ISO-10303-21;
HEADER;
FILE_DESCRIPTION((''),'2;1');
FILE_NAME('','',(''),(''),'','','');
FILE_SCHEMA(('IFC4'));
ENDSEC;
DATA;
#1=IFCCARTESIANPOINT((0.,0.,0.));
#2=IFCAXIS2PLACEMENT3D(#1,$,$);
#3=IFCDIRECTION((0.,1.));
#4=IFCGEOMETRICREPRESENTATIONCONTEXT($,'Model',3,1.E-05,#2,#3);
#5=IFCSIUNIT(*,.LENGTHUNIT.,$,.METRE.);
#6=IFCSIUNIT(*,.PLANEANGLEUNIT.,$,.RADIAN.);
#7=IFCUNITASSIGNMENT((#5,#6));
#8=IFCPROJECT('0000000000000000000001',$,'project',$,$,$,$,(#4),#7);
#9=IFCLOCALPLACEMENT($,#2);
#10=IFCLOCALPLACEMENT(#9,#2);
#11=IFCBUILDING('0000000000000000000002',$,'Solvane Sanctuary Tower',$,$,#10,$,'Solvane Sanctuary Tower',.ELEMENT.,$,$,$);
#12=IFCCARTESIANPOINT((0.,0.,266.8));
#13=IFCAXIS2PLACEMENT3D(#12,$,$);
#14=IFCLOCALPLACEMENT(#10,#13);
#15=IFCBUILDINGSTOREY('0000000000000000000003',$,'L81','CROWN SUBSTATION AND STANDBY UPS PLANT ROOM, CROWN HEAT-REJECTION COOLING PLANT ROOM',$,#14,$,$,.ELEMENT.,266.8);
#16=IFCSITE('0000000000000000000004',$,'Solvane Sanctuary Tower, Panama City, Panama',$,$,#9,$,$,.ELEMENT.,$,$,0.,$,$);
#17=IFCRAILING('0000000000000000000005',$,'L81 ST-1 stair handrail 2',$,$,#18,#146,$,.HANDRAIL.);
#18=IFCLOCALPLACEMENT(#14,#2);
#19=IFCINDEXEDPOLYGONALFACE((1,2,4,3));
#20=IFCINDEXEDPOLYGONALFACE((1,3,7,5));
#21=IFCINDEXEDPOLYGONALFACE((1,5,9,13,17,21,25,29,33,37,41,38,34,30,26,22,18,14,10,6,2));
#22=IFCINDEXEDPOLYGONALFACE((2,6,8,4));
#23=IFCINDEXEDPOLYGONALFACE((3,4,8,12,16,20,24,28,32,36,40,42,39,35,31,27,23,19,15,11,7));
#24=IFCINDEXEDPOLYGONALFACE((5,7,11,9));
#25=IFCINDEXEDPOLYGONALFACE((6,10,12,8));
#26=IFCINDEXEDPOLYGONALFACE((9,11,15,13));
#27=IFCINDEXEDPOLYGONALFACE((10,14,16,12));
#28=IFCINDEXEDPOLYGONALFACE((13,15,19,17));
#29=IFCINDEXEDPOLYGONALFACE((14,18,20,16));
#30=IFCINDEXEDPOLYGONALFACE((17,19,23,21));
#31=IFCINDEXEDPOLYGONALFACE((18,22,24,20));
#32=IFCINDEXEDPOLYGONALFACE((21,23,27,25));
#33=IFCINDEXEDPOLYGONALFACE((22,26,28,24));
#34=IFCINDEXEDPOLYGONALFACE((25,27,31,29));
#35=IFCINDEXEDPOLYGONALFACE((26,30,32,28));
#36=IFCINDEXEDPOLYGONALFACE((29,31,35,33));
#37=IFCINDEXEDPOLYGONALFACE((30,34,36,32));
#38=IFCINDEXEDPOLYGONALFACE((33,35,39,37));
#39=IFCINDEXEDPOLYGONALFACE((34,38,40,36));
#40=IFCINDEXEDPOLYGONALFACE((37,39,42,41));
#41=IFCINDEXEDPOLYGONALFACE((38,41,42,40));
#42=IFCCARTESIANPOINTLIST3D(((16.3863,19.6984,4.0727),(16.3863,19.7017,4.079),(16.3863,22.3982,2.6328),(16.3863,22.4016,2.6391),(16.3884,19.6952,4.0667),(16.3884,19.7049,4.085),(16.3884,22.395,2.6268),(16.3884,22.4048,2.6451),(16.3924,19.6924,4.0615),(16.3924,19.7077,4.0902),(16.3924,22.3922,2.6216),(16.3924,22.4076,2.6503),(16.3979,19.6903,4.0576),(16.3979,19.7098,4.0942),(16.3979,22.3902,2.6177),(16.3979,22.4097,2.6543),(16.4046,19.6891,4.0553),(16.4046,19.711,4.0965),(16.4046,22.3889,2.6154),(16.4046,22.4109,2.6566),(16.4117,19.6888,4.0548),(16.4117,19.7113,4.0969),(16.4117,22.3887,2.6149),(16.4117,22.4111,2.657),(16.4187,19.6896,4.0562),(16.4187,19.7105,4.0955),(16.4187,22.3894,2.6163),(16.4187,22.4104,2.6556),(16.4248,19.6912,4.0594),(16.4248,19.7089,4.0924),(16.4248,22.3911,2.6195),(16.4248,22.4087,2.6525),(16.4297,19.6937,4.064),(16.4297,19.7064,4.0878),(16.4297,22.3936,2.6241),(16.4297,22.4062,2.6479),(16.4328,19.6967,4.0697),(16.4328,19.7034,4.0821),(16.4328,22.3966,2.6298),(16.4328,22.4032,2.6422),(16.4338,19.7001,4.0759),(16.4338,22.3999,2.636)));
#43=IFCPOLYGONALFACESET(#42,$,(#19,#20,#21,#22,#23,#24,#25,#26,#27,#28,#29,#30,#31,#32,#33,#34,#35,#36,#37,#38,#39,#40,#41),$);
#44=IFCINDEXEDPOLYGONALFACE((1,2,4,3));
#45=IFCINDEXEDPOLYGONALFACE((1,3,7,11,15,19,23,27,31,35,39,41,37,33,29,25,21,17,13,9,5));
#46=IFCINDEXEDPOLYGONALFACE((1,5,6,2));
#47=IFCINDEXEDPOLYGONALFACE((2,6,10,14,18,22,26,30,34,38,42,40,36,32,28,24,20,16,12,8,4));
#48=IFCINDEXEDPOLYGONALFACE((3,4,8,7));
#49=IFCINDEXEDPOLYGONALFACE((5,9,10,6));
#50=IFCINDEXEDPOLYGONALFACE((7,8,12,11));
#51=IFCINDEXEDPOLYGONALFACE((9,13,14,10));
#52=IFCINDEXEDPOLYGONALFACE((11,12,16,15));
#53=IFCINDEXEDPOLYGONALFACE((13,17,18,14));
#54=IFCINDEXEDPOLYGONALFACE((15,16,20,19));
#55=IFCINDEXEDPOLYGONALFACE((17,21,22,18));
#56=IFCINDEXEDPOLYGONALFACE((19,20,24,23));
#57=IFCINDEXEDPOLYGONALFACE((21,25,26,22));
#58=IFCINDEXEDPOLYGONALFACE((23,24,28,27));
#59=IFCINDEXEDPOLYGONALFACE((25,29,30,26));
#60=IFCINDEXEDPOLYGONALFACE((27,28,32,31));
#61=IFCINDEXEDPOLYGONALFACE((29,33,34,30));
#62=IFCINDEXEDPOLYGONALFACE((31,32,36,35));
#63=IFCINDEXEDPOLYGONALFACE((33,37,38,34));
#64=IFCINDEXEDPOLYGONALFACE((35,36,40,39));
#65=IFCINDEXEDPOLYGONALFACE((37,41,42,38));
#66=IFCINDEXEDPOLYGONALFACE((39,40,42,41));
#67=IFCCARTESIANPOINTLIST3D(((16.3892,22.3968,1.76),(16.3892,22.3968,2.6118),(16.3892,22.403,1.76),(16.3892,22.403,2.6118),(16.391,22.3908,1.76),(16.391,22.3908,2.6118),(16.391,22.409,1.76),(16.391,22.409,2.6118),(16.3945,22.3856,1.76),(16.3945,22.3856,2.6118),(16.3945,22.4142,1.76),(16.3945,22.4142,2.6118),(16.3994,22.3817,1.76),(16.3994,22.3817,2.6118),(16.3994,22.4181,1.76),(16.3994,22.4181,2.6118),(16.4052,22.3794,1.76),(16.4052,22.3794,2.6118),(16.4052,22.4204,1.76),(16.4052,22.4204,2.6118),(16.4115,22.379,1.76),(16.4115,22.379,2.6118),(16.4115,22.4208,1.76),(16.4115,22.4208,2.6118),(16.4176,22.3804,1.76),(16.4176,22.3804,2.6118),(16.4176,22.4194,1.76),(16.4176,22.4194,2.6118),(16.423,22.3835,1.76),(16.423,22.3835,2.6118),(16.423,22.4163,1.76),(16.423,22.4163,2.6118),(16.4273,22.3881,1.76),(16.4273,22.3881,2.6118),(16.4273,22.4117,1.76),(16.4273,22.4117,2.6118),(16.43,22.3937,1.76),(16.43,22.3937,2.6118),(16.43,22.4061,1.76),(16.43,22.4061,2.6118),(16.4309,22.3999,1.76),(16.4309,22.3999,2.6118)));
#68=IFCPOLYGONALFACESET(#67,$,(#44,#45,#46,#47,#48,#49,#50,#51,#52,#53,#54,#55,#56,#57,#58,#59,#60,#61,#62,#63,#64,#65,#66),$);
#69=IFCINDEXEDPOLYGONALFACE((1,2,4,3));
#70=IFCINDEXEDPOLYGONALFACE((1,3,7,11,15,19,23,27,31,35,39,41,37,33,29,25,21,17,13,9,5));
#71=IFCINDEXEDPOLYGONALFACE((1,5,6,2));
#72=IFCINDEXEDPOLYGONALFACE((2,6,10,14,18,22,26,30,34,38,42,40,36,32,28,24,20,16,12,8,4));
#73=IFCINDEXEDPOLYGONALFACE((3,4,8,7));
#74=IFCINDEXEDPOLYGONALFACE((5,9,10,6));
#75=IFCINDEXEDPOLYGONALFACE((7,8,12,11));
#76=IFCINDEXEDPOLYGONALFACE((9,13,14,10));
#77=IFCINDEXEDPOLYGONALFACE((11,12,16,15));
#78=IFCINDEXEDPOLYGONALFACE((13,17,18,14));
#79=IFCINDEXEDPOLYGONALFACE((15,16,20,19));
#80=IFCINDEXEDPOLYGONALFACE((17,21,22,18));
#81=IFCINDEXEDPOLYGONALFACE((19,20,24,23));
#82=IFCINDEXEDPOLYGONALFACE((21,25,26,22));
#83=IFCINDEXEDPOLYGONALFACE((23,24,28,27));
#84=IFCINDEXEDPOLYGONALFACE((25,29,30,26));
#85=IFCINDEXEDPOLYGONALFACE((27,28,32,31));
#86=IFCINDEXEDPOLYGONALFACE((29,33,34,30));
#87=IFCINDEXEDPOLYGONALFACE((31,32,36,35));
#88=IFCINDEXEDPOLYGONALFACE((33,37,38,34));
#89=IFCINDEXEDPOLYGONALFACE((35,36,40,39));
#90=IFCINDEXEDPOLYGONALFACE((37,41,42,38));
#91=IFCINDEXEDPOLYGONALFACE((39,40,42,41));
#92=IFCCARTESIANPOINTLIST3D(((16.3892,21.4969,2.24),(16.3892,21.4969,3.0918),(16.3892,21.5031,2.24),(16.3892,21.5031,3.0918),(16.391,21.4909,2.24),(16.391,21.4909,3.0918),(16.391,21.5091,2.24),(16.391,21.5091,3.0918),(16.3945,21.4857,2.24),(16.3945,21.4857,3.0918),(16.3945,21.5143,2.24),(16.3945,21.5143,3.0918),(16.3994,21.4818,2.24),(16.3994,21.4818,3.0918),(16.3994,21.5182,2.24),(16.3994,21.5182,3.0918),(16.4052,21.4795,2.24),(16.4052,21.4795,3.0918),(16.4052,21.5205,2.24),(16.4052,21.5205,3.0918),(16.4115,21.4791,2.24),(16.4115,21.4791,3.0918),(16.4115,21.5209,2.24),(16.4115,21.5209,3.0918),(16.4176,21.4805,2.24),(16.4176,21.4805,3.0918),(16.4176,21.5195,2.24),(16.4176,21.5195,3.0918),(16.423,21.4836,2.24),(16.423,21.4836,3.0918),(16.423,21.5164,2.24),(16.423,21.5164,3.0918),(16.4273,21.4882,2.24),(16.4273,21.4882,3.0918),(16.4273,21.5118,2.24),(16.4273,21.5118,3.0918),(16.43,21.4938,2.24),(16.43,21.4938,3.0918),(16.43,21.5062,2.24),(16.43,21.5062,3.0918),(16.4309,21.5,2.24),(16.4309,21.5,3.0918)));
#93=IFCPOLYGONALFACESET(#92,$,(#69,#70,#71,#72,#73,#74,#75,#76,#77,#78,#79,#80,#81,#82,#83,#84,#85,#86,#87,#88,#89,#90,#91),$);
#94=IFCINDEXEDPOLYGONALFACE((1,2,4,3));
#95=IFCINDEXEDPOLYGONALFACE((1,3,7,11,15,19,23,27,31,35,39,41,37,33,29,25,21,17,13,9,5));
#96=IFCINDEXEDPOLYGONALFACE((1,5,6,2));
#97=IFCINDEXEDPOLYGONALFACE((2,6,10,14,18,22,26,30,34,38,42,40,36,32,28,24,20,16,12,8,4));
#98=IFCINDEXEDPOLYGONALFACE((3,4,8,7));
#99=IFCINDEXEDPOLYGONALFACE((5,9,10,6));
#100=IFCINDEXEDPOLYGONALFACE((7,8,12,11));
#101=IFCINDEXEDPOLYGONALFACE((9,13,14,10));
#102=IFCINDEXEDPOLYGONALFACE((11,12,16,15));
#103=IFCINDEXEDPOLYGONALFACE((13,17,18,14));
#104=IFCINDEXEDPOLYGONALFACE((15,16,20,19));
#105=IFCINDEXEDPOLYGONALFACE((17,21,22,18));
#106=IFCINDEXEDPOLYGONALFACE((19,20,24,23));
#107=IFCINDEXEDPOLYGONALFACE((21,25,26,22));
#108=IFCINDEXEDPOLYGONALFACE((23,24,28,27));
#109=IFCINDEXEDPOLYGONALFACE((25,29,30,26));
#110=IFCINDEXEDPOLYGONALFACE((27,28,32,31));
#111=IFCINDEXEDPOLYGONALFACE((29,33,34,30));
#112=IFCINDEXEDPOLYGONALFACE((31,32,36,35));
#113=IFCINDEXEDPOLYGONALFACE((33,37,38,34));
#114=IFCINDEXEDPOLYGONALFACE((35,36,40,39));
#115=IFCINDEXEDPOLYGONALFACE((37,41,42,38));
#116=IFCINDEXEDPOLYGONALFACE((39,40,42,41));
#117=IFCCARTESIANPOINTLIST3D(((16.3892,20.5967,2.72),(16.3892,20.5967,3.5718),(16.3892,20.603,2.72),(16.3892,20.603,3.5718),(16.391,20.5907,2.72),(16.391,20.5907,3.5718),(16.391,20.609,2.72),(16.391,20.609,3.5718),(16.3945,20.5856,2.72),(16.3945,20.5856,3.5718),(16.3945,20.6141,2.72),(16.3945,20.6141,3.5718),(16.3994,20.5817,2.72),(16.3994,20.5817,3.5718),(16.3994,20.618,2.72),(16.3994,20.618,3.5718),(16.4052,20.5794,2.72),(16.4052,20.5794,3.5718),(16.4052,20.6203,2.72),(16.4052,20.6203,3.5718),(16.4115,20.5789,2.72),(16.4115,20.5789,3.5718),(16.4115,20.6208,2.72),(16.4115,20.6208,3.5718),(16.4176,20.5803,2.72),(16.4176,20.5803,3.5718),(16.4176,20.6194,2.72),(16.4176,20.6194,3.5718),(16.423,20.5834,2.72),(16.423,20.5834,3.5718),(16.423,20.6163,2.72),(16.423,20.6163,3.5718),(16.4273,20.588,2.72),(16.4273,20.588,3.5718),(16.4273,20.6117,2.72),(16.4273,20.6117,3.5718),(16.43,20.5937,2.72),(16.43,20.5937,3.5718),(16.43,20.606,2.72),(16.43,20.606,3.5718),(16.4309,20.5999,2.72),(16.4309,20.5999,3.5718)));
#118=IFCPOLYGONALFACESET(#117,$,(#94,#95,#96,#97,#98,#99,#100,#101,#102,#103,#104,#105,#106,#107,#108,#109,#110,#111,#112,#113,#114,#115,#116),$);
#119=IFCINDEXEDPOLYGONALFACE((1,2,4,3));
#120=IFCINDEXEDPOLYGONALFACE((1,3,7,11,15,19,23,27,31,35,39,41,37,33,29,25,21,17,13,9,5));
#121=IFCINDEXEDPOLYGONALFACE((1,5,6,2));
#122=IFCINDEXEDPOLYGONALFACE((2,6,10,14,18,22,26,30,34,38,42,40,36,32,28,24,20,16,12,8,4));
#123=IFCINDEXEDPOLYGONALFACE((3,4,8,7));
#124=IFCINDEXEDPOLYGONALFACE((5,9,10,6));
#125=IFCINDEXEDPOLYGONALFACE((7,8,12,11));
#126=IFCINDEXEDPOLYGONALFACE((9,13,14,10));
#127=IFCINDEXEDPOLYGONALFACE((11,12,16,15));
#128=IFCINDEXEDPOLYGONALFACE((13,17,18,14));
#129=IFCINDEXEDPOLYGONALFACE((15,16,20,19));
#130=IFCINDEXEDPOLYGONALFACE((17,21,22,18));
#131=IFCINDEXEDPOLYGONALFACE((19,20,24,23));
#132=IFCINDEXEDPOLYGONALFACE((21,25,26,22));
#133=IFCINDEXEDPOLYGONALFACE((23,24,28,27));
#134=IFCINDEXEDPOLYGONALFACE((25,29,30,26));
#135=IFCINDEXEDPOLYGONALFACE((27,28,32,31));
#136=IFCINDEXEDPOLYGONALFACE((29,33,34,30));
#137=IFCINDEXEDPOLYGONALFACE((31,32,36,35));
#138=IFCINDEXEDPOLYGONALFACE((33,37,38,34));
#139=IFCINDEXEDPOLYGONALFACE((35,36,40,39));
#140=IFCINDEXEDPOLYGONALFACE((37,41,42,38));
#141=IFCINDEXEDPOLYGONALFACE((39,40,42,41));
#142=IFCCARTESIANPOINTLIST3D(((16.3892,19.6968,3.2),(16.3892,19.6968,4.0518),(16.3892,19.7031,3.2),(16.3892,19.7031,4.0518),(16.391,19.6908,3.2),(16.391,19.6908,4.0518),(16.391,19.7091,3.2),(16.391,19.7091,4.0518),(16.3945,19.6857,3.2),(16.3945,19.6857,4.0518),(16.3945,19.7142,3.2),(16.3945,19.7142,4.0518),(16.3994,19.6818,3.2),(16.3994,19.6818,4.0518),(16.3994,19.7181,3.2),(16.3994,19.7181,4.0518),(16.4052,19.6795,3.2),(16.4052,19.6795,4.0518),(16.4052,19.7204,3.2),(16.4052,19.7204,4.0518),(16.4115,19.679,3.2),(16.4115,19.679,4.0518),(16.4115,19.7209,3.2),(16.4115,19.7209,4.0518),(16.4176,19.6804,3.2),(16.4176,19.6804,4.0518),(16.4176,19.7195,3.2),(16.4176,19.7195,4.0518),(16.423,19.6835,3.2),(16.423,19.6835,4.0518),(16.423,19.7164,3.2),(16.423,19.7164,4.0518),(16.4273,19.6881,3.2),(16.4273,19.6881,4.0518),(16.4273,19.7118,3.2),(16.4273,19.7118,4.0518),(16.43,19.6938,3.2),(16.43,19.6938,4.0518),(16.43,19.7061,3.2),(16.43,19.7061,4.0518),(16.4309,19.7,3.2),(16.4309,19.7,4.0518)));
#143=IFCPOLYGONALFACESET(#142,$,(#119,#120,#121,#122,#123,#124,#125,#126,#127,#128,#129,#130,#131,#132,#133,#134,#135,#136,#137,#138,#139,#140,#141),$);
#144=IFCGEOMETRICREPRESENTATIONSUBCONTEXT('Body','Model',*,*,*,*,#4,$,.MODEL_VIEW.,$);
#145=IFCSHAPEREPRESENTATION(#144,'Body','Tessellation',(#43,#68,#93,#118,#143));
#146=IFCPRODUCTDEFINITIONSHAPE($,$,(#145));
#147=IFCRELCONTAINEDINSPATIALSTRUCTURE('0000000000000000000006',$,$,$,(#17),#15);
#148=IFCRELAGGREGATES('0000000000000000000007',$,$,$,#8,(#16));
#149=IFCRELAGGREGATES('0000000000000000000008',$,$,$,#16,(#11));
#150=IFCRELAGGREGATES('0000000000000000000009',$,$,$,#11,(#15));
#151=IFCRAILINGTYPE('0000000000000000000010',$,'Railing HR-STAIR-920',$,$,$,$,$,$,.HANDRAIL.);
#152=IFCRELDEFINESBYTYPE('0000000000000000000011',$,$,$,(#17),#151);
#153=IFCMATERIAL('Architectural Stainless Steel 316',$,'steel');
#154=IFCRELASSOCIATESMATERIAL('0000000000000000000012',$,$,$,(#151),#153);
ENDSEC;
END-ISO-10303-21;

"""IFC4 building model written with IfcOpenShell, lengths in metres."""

from ifc_helpers import new_model, si_unit, direction, frame, origin, origin_2d, place, context, subcontext, project, spatial, circle, extrude, material, type_object, element, save


model = new_model("IFC4")

# Units and contexts
model_context = context("Model", 3, precision=1e-05, world=origin(), true_north=direction((0.0, 1.0)))
body_context = subcontext(model_context, "Body", "Model", "MODEL_VIEW")
ifc_project = project(units=[si_unit("LENGTHUNIT", "METRE"), si_unit("PLANEANGLEUNIT", "RADIAN")], contexts=[model_context])

# Site, building, storey
site_placement = place(None, origin())
site = spatial("IfcSite", under=ifc_project, at=site_placement, Name="Solvane Sanctuary Tower, Panama City, Panama", CompositionType="ELEMENT", RefElevation=0.0)
building_placement = place(site_placement, origin())
building = spatial("IfcBuilding", under=site, at=building_placement, Name="Solvane Sanctuary Tower", LongName="Solvane Sanctuary Tower", CompositionType="ELEMENT")
storey_placement = place(building_placement, frame((0.0, 0.0, 266.8)))
storey = spatial("IfcBuildingStorey", under=building, at=storey_placement, Name="L81", Description="CROWN SUBSTATION AND STANDBY UPS PLANT ROOM, CROWN HEAT-REJECTION COOLING PLANT ROOM", CompositionType="ELEMENT", Elevation=266.8)

# Shared definitions
ifc_material_1 = material(Name="Architectural Stainless Steel 316", Category="steel")

# Railing
railing_type_1 = type_object("IfcRailingType", Name="Railing HR-STAIR-920", PredefinedType="HANDRAIL", material=ifc_material_1)
railing_1_placement = place(storey_placement, frame((16.4099, 22.3999, 1.76)))
element("IfcRailing", 1, at=railing_1_placement, inside=storey, type_object=railing_type_1, Name="L81 ST-1 stair handrail 2", PredefinedType="HANDRAIL", context=body_context, shape_type="SweptSolid", body=[
    extrude(circle(Radius=0.0239, at=origin_2d()), frame((0.0, 0.0, 0.876), z_axis=(0.0, -0.882357, 0.47058), x_axis=(1.0, 0.0, 0.0)), (0.0, 0.0, 1.0), 3.0598),
    extrude(circle(Radius=0.021, at=origin_2d()), origin(), (0.0, 0.0, 1.0), 0.8518),
    extrude(circle(Radius=0.021, at=origin_2d()), frame((0.0, -0.8999, 0.48)), (0.0, 0.0, 1.0), 0.8518),
    extrude(circle(Radius=0.021, at=origin_2d()), frame((0.0, -1.8, 0.96)), (0.0, 0.0, 1.0), 0.8518),
    extrude(circle(Radius=0.021, at=origin_2d()), frame((0.0, -2.7, 1.4399)), (0.0, 0.0, 1.0), 0.8518),
])

save(model, "model.ifc")
